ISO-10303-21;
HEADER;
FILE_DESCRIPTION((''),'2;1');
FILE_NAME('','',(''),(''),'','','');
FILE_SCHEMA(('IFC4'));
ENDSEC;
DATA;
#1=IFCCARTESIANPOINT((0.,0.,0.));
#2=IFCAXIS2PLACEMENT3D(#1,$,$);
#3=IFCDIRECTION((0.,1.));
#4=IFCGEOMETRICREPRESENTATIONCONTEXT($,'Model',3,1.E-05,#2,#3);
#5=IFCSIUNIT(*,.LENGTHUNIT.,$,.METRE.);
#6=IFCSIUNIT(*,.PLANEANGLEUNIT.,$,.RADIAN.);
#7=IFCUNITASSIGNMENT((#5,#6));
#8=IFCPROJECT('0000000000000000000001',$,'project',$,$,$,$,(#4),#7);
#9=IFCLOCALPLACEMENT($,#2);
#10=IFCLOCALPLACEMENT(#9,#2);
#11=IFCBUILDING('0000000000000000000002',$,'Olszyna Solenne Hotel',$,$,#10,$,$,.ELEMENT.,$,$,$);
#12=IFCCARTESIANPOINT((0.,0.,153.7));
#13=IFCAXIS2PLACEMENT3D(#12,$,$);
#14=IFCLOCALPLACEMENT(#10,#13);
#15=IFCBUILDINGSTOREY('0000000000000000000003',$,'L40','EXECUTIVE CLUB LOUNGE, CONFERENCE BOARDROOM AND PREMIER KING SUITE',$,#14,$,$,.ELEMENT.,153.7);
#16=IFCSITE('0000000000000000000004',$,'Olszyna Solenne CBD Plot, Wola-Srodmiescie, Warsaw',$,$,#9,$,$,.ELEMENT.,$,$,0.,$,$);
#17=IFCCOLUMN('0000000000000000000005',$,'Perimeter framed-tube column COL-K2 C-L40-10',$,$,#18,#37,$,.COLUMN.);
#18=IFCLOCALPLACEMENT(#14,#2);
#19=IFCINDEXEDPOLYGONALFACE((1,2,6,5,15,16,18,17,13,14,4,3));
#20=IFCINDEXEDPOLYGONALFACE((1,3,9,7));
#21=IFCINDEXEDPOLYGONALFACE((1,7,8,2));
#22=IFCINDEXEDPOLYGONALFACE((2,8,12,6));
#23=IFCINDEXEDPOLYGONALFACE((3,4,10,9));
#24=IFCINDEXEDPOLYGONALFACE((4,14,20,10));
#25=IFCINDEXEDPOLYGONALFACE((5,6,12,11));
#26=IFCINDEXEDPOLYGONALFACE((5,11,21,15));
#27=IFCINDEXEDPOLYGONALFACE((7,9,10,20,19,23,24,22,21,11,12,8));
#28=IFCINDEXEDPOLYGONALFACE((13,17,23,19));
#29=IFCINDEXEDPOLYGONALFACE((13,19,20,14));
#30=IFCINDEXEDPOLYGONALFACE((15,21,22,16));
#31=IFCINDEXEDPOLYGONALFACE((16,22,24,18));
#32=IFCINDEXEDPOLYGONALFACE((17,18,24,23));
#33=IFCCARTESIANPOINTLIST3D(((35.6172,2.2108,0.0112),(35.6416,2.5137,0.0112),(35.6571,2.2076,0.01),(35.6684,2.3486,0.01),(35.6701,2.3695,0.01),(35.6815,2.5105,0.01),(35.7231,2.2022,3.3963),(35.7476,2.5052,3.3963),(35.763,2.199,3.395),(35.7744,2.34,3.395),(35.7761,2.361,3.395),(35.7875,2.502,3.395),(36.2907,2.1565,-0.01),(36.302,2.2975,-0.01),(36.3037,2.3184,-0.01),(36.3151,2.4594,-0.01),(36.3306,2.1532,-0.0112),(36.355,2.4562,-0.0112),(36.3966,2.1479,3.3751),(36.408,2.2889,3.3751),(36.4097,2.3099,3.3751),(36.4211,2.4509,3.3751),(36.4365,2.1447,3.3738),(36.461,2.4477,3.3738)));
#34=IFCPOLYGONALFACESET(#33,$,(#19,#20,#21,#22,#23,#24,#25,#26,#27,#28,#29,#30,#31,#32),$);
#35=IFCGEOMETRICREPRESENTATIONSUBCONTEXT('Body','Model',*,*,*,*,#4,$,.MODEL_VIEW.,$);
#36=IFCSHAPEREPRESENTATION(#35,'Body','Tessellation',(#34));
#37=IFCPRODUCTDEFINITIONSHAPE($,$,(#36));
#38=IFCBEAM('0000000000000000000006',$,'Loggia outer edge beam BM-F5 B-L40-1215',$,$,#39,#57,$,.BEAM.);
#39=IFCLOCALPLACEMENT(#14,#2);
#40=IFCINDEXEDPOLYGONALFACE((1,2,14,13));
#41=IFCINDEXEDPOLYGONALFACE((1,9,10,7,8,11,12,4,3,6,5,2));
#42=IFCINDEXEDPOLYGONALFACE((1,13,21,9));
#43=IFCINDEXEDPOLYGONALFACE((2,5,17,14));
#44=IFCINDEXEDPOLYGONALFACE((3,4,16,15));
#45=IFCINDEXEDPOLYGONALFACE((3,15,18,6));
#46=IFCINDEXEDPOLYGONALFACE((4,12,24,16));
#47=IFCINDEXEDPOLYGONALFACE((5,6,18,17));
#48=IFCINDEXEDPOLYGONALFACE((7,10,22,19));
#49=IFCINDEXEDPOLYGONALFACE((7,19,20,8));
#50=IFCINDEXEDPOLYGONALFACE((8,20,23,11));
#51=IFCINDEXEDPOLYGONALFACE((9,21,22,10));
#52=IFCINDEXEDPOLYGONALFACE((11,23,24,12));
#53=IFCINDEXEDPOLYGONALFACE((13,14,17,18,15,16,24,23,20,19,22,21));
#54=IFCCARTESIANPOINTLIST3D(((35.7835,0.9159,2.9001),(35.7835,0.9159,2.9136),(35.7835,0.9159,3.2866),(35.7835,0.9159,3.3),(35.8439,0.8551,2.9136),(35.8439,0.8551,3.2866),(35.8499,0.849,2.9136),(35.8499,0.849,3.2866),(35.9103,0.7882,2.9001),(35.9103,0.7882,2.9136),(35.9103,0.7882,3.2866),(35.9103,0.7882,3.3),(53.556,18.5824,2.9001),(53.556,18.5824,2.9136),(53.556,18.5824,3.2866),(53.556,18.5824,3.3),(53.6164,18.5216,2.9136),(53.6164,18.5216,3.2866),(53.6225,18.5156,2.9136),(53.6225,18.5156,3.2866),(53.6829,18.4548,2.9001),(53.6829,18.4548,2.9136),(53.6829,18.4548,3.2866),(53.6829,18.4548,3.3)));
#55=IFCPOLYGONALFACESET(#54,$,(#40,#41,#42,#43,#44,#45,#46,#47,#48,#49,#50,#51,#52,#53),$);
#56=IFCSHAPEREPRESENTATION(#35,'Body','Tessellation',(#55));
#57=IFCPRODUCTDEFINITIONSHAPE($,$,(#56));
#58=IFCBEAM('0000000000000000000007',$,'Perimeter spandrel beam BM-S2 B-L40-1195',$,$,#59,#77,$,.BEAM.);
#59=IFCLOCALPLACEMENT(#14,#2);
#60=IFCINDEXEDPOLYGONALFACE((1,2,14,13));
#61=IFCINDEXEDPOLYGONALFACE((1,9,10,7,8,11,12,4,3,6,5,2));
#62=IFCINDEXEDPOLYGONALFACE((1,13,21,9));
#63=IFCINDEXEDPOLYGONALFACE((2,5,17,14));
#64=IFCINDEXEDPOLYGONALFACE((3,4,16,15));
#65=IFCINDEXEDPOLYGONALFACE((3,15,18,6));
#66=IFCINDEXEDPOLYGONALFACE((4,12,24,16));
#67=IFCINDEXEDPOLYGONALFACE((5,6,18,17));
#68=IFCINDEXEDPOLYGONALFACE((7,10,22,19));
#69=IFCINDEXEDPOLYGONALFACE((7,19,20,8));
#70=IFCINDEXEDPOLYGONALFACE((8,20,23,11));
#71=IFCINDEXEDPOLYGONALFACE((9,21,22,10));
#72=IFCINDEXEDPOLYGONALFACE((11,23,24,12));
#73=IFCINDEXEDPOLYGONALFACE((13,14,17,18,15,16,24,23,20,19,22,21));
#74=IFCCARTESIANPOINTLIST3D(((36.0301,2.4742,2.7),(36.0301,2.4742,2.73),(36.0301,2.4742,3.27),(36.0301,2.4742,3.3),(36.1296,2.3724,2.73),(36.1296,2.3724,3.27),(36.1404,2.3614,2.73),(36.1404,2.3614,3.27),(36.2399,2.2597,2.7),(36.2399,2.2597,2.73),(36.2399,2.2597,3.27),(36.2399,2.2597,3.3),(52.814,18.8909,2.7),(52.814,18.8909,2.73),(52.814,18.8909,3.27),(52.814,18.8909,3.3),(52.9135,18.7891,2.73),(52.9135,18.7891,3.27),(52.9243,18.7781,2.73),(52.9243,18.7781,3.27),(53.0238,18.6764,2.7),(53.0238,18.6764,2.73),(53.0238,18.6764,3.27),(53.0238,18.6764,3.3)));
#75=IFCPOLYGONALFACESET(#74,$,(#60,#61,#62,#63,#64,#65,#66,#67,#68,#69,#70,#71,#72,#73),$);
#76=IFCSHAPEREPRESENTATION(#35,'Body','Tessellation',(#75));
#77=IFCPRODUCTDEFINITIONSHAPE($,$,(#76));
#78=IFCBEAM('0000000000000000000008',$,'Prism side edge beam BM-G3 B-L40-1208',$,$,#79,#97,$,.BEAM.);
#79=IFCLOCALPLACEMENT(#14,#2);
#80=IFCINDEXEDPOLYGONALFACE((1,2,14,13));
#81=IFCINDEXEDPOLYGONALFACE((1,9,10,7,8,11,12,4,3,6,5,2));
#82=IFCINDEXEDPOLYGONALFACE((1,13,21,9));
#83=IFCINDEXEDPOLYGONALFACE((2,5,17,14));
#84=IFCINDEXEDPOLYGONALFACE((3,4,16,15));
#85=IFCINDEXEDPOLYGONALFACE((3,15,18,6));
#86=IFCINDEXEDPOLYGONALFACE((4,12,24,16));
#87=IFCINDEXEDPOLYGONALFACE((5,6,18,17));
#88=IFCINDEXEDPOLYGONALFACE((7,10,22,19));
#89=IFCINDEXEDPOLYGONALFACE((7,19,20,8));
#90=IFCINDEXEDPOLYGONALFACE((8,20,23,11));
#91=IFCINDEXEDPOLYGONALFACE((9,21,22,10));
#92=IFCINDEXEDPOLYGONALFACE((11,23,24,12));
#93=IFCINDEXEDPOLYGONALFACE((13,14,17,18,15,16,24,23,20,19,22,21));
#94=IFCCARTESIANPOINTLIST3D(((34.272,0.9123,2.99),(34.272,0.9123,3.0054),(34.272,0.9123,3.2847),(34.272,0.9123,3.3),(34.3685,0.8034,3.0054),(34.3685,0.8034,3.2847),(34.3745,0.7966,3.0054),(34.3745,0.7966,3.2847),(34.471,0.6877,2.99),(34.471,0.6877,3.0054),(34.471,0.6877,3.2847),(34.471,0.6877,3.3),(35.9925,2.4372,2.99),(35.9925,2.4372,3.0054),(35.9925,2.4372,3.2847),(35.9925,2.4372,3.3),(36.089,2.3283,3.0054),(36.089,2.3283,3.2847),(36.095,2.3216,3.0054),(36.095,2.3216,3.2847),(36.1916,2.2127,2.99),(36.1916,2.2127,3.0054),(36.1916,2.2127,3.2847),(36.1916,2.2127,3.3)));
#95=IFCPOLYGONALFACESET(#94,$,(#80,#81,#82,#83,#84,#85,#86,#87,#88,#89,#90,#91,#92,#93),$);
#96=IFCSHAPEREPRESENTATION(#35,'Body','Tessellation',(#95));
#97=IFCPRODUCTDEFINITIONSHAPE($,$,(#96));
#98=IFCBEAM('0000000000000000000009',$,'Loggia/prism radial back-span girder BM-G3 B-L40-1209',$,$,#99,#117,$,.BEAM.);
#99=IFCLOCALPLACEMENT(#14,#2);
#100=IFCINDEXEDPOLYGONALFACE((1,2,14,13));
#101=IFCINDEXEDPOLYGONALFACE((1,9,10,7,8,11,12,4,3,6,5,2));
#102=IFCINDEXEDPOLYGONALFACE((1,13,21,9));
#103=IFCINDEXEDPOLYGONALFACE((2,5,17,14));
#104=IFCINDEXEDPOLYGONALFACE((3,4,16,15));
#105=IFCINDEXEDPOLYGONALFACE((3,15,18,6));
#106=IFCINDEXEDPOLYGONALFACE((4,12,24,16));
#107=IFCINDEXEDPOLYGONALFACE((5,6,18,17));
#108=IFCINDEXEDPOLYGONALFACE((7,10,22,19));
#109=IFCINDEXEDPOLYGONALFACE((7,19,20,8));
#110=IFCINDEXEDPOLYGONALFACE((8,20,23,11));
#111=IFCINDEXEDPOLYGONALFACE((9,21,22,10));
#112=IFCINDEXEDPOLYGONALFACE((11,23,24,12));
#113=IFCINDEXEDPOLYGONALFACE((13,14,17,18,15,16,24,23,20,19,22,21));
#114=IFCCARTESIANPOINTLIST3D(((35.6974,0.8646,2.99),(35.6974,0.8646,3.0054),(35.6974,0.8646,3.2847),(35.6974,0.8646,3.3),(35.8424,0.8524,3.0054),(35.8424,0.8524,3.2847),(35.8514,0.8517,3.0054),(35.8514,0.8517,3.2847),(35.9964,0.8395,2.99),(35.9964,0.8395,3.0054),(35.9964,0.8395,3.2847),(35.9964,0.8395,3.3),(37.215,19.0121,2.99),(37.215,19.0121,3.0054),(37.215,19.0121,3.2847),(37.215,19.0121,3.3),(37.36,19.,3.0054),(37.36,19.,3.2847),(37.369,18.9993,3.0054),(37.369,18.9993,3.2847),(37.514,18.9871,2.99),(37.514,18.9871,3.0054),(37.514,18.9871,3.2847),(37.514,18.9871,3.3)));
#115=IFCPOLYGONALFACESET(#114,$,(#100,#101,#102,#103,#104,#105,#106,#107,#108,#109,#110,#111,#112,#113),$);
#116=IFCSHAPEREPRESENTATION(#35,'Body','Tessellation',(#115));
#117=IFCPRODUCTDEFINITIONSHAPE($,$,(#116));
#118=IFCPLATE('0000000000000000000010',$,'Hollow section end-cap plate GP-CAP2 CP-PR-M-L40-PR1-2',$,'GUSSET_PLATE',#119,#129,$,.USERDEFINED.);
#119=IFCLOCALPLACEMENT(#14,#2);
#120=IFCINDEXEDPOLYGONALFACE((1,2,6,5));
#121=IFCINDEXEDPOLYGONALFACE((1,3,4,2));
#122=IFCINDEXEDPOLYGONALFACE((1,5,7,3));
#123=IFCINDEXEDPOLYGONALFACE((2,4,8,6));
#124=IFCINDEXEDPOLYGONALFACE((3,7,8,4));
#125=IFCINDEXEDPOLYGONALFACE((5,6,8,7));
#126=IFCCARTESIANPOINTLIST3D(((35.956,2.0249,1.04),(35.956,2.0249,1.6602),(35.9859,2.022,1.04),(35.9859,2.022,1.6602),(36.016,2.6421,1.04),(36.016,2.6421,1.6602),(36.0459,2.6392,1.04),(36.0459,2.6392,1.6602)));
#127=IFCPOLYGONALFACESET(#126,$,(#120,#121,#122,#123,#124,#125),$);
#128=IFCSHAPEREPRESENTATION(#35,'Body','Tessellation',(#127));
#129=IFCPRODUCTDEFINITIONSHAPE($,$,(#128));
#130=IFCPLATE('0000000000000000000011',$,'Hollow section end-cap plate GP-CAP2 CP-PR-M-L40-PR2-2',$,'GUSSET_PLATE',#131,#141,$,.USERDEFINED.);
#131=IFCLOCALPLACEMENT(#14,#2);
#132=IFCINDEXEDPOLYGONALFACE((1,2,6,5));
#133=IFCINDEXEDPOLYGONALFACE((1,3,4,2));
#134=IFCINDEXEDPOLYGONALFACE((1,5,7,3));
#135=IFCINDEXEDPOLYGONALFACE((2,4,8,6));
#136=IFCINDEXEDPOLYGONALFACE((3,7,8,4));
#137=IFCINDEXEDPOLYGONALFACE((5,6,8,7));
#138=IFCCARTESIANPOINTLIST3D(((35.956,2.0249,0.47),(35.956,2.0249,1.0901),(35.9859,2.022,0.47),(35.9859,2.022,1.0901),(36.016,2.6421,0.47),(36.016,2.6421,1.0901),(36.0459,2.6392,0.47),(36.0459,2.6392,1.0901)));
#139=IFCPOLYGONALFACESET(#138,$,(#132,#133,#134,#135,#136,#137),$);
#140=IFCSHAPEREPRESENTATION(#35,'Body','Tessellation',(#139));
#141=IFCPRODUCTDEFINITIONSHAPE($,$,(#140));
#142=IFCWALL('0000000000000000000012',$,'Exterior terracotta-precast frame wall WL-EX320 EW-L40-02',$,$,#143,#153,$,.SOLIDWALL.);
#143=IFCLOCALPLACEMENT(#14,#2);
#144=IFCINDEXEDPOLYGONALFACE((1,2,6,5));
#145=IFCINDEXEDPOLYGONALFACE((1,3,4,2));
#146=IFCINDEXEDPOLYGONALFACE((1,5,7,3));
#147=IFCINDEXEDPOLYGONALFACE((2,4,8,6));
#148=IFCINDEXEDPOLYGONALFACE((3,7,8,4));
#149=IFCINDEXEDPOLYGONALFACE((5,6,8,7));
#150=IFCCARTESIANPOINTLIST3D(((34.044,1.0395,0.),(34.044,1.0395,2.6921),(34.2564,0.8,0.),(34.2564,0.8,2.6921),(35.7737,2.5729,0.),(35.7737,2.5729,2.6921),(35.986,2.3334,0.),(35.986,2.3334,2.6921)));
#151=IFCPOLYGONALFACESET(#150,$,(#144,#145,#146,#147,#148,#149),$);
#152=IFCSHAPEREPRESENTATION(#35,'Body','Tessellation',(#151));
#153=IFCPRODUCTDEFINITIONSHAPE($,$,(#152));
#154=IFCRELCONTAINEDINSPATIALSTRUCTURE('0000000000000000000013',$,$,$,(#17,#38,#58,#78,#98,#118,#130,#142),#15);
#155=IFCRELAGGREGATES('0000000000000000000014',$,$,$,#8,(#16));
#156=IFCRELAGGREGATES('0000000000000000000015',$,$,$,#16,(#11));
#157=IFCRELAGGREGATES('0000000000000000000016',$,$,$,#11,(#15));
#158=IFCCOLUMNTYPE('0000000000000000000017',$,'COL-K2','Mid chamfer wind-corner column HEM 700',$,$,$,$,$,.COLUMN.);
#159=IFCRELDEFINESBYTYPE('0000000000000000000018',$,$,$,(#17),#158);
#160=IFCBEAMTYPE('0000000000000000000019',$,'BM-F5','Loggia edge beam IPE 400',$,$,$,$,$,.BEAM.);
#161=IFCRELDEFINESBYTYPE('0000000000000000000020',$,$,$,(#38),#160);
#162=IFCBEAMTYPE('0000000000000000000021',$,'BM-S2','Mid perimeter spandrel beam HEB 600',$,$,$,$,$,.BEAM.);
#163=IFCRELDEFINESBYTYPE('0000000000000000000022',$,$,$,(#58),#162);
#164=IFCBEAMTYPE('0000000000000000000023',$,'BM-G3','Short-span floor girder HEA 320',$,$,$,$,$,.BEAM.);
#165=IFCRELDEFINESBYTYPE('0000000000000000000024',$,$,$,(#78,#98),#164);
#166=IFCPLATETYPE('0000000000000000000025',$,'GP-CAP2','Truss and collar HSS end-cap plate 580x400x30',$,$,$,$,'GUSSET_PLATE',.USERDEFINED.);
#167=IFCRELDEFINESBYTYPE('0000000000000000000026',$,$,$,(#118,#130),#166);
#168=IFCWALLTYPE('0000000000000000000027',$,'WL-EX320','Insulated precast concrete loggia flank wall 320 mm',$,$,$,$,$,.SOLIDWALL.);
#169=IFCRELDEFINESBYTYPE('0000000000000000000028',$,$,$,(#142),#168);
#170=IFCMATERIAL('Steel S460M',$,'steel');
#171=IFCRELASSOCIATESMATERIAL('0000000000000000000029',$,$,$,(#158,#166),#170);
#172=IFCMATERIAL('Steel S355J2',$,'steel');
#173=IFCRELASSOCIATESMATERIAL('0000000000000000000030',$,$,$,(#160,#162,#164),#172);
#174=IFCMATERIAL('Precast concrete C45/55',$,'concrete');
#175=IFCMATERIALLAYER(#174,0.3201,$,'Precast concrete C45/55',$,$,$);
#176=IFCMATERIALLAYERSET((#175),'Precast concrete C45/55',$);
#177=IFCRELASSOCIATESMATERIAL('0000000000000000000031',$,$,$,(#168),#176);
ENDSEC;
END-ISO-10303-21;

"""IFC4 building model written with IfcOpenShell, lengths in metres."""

from ifc_helpers import new_model, si_unit, direction, frame, frame_2d, origin, origin_2d, place, context, subcontext, project, spatial, rectangle, i_section, extrude, source, transform, mapped, material, layer, layer_set, material_profile, profile_set, type_object, element, save


model = new_model("IFC4")

# Units and contexts
model_context = context("Model", 3, precision=1e-05, world=origin(), true_north=direction((0.0, 1.0)))
body_context = subcontext(model_context, "Body", "Model", "MODEL_VIEW")
ifc_project = project(units=[si_unit("LENGTHUNIT", "METRE"), si_unit("PLANEANGLEUNIT", "RADIAN")], contexts=[model_context])

# Site, building, storey
site_placement = place(None, origin())
site = spatial("IfcSite", under=ifc_project, at=site_placement, Name="Olszyna Solenne CBD Plot, Wola-Srodmiescie, Warsaw", CompositionType="ELEMENT", RefElevation=0.0)
building_placement = place(site_placement, origin())
building = spatial("IfcBuilding", under=site, at=building_placement, Name="Olszyna Solenne Hotel", CompositionType="ELEMENT")
storey_placement = place(building_placement, frame((0.0, 0.0, 153.7)))
storey = spatial("IfcBuildingStorey", under=building, at=storey_placement, Name="L40", Description="EXECUTIVE CLUB LOUNGE, CONFERENCE BOARDROOM AND PREMIER KING SUITE", CompositionType="ELEMENT", Elevation=153.7)

# Column
ifc_material_1 = material(Name="Steel S460M", Category="steel")
ifc_material_profile_1 = material_profile(ifc_material_1, i_section(OverallWidth=0.304, OverallDepth=0.7161, WebThickness=0.021, FlangeThickness=0.04, at=origin_2d()), Name="HEM 700", Category="load-bearing")
ifc_profile_set_1 = profile_set([ifc_material_profile_1], Name="Steel S460M")
column_type = type_object("IfcColumnType", Name="COL-K2", Description="Mid chamfer wind-corner column HEM 700", PredefinedType="COLUMN", material=ifc_profile_set_1)
shared_shape_1 = source(origin(), body_context, "Body", "SweptSolid", [
    extrude(i_section(OverallWidth=0.304, OverallDepth=0.7161, WebThickness=0.021, FlangeThickness=0.04, at=origin_2d()), origin(), (0.0, 0.0, 1.0), 3.3867),
])
column_placement = place(storey_placement, frame((35.9861, 2.3335, 0.0), z_axis=(0.031286, -0.002523, 0.999507), x_axis=(0.080384, 0.996764, 0.0)))
element("IfcColumn", 1, at=column_placement, inside=storey, type_object=column_type, Name="Perimeter framed-tube column COL-K2 C-L40-10", PredefinedType="COLUMN", context=body_context, shape_type="MappedRepresentation", body=[
    mapped(shared_shape_1, transform((0.0, 0.0, 0.0), x_axis=(1.0, 0.0, 0.0), y_axis=(0.0, 1.0, 0.0), z_axis=(0.0, 0.0, 1.0), scale=1.0)),
])

# Beams
ifc_material_2 = material(Name="Steel S355J2", Category="steel")
ifc_material_profile_2 = material_profile(ifc_material_2, i_section(OverallWidth=0.1799, OverallDepth=0.3999, WebThickness=0.0085, FlangeThickness=0.0134, at=origin_2d()), Name="IPE 400", Category="load-bearing")
ifc_profile_set_2 = profile_set([ifc_material_profile_2], Name="Steel S355J2")
beam_type_1 = type_object("IfcBeamType", Name="BM-F5", Description="Loggia edge beam IPE 400", PredefinedType="BEAM", material=ifc_profile_set_2)
shared_shape_2 = source(origin(), body_context, "Body", "SweptSolid", [
    extrude(i_section(OverallWidth=0.1799, OverallDepth=0.3999, WebThickness=0.0085, FlangeThickness=0.0134, at=origin_2d()), origin(), (0.0, 0.0, 1.0), 25.0593),
])
beam_1_placement = place(storey_placement, frame((35.8469, 0.8521, 3.1001), z_axis=(0.709218, 0.704989, 0.0), x_axis=(-0.704989, 0.709218, 0.0)))
element("IfcBeam", 2, at=beam_1_placement, inside=storey, type_object=beam_type_1, Name="Loggia outer edge beam BM-F5 B-L40-1215", PredefinedType="BEAM", context=body_context, shape_type="MappedRepresentation", body=[
    mapped(shared_shape_2, transform((0.0, 0.0, 0.0), x_axis=(1.0, 0.0, 0.0), y_axis=(0.0, 1.0, 0.0), z_axis=(0.0, 0.0, 1.0), scale=1.0)),
])
ifc_material_profile_3 = material_profile(ifc_material_2, i_section(OverallWidth=0.3, OverallDepth=0.6001, WebThickness=0.0154, FlangeThickness=0.03, at=origin_2d()), Name="HEB 600", Category="load-bearing")
ifc_profile_set_3 = profile_set([ifc_material_profile_3], Name="Steel S355J2")
beam_type_2 = type_object("IfcBeamType", Name="BM-S2", Description="Mid perimeter spandrel beam HEB 600", PredefinedType="BEAM", material=ifc_profile_set_3)
shared_shape_3 = source(origin(), body_context, "Body", "SweptSolid", [
    extrude(i_section(OverallWidth=0.3, OverallDepth=0.6001, WebThickness=0.0154, FlangeThickness=0.03, at=origin_2d()), origin(), (0.0, 0.0, 1.0), 23.4778),
])
beam_2_placement = place(storey_placement, frame((36.135, 2.3669, 3.0), z_axis=(0.714883, 0.699244, 0.0), x_axis=(-0.699244, 0.714883, 0.0)))
element("IfcBeam", 3, at=beam_2_placement, inside=storey, type_object=beam_type_2, Name="Perimeter spandrel beam BM-S2 B-L40-1195", PredefinedType="BEAM", context=body_context, shape_type="MappedRepresentation", body=[
    mapped(shared_shape_3, transform((0.0, 0.0, 0.0), x_axis=(1.0, 0.0, 0.0), y_axis=(0.0, 1.0, 0.0), z_axis=(0.0, 0.0, 1.0), scale=1.0)),
])
ifc_material_profile_4 = material_profile(ifc_material_2, i_section(OverallWidth=0.3, OverallDepth=0.3101, WebThickness=0.009, FlangeThickness=0.0154, at=origin_2d()), Name="HEA 320", Category="load-bearing")
ifc_profile_set_4 = profile_set([ifc_material_profile_4], Name="Steel S355J2")
beam_type_3 = type_object("IfcBeamType", Name="BM-G3", Description="Short-span floor girder HEA 320", PredefinedType="BEAM", material=ifc_profile_set_4)
shared_shape_4 = source(origin(), body_context, "Body", "SweptSolid", [
    extrude(i_section(OverallWidth=0.3, OverallDepth=0.3101, WebThickness=0.009, FlangeThickness=0.0154, at=origin_2d()), origin(), (0.0, 0.0, 1.0), 2.2991),
])
beam_3_placement = place(storey_placement, frame((36.092, 2.325, 3.145), z_axis=(-0.748358, -0.663295, 0.0), x_axis=(0.663295, -0.748358, 0.0)))
element("IfcBeam", 4, at=beam_3_placement, inside=storey, type_object=beam_type_3, Name="Prism side edge beam BM-G3 B-L40-1208", PredefinedType="BEAM", context=body_context, shape_type="MappedRepresentation", body=[
    mapped(shared_shape_4, transform((0.0, 0.0, 0.0), x_axis=(1.0, 0.0, 0.0), y_axis=(0.0, 1.0, 0.0), z_axis=(0.0, 0.0, 1.0), scale=1.0)),
])
shared_shape_5 = source(origin(), body_context, "Body", "SweptSolid", [
    extrude(i_section(OverallWidth=0.3, OverallDepth=0.3101, WebThickness=0.009, FlangeThickness=0.0154, at=origin_2d()), origin(), (0.0, 0.0, 1.0), 18.2109),
])
beam_4_placement = place(storey_placement, frame((35.8469, 0.8521, 3.145), z_axis=(0.083333, 0.996522, 0.0), x_axis=(-0.996522, 0.083333, 0.0)))
element("IfcBeam", 5, at=beam_4_placement, inside=storey, type_object=beam_type_3, Name="Loggia/prism radial back-span girder BM-G3 B-L40-1209", PredefinedType="BEAM", context=body_context, shape_type="MappedRepresentation", body=[
    mapped(shared_shape_5, transform((0.0, 0.0, 0.0), x_axis=(1.0, 0.0, 0.0), y_axis=(0.0, 1.0, 0.0), z_axis=(0.0, 0.0, 1.0), scale=1.0)),
])

# Plates
plate_type = type_object("IfcPlateType", Name="GP-CAP2", Description="Truss and collar HSS end-cap plate 580x400x30", ElementType="GUSSET_PLATE", PredefinedType="USERDEFINED", material=ifc_material_1)
shared_shape_6 = source(origin(), body_context, "Body", "SweptSolid", [
    extrude(rectangle(XDim=0.03, YDim=0.6201, at=origin_2d()), origin(), (0.0, 0.0, 1.0), 0.6201),
])
for number, where, z_axis, x_axis, name in (
    (6, (36.001, 2.332, 1.04), (0.0, 0.0, 1.0), (0.995312, -0.096714, 0.0), "Hollow section end-cap plate GP-CAP2 CP-PR-M-L40-PR1-2"),
    (7, (36.001, 2.332, 0.47), (0.0, 0.0, 1.0), (0.995312, -0.096714, 0.0), "Hollow section end-cap plate GP-CAP2 CP-PR-M-L40-PR2-2"),
):
    element("IfcPlate", number, at=place(storey_placement, frame(where, z_axis=z_axis, x_axis=x_axis)), inside=storey, type_object=plate_type, Name=name, ObjectType="GUSSET_PLATE", PredefinedType="USERDEFINED", context=body_context, shape_type="MappedRepresentation", body=[
        mapped(shared_shape_6, transform((0.0, 0.0, 0.0), x_axis=(1.0, 0.0, 0.0), y_axis=(0.0, 1.0, 0.0), z_axis=(0.0, 0.0, 1.0), scale=1.0)),
    ])

# Wall
ifc_material_3 = material(Name="Precast concrete C45/55", Category="concrete")
ifc_layer_1 = layer(ifc_material_3, 0.3201, Name="Precast concrete C45/55")
ifc_layer_set_1 = layer_set([ifc_layer_1], Name="Precast concrete C45/55")
wall_type_1 = type_object("IfcWallType", Name="WL-EX320", Description="Insulated precast concrete loggia flank wall 320 mm", PredefinedType="SOLIDWALL", material=ifc_layer_set_1)
wall_1_placement = place(storey_placement, frame((35.8799, 2.4531, 0.0), z_axis=(0.0, 0.0, 1.0), x_axis=(-0.748289, -0.663373, 0.0)))
element("IfcWall", 8, at=wall_1_placement, inside=storey, type_object=wall_type_1, Name="Exterior terracotta-precast frame wall WL-EX320 EW-L40-02", PredefinedType="SOLIDWALL", context=body_context, shape_type="SweptSolid", body=[
    extrude(rectangle(XDim=2.3115, YDim=0.3201, at=frame_2d((1.1558, 0.0))), origin(), (0.0, 0.0, 1.0), 2.6921),
])

save(model, "model.ifc")
